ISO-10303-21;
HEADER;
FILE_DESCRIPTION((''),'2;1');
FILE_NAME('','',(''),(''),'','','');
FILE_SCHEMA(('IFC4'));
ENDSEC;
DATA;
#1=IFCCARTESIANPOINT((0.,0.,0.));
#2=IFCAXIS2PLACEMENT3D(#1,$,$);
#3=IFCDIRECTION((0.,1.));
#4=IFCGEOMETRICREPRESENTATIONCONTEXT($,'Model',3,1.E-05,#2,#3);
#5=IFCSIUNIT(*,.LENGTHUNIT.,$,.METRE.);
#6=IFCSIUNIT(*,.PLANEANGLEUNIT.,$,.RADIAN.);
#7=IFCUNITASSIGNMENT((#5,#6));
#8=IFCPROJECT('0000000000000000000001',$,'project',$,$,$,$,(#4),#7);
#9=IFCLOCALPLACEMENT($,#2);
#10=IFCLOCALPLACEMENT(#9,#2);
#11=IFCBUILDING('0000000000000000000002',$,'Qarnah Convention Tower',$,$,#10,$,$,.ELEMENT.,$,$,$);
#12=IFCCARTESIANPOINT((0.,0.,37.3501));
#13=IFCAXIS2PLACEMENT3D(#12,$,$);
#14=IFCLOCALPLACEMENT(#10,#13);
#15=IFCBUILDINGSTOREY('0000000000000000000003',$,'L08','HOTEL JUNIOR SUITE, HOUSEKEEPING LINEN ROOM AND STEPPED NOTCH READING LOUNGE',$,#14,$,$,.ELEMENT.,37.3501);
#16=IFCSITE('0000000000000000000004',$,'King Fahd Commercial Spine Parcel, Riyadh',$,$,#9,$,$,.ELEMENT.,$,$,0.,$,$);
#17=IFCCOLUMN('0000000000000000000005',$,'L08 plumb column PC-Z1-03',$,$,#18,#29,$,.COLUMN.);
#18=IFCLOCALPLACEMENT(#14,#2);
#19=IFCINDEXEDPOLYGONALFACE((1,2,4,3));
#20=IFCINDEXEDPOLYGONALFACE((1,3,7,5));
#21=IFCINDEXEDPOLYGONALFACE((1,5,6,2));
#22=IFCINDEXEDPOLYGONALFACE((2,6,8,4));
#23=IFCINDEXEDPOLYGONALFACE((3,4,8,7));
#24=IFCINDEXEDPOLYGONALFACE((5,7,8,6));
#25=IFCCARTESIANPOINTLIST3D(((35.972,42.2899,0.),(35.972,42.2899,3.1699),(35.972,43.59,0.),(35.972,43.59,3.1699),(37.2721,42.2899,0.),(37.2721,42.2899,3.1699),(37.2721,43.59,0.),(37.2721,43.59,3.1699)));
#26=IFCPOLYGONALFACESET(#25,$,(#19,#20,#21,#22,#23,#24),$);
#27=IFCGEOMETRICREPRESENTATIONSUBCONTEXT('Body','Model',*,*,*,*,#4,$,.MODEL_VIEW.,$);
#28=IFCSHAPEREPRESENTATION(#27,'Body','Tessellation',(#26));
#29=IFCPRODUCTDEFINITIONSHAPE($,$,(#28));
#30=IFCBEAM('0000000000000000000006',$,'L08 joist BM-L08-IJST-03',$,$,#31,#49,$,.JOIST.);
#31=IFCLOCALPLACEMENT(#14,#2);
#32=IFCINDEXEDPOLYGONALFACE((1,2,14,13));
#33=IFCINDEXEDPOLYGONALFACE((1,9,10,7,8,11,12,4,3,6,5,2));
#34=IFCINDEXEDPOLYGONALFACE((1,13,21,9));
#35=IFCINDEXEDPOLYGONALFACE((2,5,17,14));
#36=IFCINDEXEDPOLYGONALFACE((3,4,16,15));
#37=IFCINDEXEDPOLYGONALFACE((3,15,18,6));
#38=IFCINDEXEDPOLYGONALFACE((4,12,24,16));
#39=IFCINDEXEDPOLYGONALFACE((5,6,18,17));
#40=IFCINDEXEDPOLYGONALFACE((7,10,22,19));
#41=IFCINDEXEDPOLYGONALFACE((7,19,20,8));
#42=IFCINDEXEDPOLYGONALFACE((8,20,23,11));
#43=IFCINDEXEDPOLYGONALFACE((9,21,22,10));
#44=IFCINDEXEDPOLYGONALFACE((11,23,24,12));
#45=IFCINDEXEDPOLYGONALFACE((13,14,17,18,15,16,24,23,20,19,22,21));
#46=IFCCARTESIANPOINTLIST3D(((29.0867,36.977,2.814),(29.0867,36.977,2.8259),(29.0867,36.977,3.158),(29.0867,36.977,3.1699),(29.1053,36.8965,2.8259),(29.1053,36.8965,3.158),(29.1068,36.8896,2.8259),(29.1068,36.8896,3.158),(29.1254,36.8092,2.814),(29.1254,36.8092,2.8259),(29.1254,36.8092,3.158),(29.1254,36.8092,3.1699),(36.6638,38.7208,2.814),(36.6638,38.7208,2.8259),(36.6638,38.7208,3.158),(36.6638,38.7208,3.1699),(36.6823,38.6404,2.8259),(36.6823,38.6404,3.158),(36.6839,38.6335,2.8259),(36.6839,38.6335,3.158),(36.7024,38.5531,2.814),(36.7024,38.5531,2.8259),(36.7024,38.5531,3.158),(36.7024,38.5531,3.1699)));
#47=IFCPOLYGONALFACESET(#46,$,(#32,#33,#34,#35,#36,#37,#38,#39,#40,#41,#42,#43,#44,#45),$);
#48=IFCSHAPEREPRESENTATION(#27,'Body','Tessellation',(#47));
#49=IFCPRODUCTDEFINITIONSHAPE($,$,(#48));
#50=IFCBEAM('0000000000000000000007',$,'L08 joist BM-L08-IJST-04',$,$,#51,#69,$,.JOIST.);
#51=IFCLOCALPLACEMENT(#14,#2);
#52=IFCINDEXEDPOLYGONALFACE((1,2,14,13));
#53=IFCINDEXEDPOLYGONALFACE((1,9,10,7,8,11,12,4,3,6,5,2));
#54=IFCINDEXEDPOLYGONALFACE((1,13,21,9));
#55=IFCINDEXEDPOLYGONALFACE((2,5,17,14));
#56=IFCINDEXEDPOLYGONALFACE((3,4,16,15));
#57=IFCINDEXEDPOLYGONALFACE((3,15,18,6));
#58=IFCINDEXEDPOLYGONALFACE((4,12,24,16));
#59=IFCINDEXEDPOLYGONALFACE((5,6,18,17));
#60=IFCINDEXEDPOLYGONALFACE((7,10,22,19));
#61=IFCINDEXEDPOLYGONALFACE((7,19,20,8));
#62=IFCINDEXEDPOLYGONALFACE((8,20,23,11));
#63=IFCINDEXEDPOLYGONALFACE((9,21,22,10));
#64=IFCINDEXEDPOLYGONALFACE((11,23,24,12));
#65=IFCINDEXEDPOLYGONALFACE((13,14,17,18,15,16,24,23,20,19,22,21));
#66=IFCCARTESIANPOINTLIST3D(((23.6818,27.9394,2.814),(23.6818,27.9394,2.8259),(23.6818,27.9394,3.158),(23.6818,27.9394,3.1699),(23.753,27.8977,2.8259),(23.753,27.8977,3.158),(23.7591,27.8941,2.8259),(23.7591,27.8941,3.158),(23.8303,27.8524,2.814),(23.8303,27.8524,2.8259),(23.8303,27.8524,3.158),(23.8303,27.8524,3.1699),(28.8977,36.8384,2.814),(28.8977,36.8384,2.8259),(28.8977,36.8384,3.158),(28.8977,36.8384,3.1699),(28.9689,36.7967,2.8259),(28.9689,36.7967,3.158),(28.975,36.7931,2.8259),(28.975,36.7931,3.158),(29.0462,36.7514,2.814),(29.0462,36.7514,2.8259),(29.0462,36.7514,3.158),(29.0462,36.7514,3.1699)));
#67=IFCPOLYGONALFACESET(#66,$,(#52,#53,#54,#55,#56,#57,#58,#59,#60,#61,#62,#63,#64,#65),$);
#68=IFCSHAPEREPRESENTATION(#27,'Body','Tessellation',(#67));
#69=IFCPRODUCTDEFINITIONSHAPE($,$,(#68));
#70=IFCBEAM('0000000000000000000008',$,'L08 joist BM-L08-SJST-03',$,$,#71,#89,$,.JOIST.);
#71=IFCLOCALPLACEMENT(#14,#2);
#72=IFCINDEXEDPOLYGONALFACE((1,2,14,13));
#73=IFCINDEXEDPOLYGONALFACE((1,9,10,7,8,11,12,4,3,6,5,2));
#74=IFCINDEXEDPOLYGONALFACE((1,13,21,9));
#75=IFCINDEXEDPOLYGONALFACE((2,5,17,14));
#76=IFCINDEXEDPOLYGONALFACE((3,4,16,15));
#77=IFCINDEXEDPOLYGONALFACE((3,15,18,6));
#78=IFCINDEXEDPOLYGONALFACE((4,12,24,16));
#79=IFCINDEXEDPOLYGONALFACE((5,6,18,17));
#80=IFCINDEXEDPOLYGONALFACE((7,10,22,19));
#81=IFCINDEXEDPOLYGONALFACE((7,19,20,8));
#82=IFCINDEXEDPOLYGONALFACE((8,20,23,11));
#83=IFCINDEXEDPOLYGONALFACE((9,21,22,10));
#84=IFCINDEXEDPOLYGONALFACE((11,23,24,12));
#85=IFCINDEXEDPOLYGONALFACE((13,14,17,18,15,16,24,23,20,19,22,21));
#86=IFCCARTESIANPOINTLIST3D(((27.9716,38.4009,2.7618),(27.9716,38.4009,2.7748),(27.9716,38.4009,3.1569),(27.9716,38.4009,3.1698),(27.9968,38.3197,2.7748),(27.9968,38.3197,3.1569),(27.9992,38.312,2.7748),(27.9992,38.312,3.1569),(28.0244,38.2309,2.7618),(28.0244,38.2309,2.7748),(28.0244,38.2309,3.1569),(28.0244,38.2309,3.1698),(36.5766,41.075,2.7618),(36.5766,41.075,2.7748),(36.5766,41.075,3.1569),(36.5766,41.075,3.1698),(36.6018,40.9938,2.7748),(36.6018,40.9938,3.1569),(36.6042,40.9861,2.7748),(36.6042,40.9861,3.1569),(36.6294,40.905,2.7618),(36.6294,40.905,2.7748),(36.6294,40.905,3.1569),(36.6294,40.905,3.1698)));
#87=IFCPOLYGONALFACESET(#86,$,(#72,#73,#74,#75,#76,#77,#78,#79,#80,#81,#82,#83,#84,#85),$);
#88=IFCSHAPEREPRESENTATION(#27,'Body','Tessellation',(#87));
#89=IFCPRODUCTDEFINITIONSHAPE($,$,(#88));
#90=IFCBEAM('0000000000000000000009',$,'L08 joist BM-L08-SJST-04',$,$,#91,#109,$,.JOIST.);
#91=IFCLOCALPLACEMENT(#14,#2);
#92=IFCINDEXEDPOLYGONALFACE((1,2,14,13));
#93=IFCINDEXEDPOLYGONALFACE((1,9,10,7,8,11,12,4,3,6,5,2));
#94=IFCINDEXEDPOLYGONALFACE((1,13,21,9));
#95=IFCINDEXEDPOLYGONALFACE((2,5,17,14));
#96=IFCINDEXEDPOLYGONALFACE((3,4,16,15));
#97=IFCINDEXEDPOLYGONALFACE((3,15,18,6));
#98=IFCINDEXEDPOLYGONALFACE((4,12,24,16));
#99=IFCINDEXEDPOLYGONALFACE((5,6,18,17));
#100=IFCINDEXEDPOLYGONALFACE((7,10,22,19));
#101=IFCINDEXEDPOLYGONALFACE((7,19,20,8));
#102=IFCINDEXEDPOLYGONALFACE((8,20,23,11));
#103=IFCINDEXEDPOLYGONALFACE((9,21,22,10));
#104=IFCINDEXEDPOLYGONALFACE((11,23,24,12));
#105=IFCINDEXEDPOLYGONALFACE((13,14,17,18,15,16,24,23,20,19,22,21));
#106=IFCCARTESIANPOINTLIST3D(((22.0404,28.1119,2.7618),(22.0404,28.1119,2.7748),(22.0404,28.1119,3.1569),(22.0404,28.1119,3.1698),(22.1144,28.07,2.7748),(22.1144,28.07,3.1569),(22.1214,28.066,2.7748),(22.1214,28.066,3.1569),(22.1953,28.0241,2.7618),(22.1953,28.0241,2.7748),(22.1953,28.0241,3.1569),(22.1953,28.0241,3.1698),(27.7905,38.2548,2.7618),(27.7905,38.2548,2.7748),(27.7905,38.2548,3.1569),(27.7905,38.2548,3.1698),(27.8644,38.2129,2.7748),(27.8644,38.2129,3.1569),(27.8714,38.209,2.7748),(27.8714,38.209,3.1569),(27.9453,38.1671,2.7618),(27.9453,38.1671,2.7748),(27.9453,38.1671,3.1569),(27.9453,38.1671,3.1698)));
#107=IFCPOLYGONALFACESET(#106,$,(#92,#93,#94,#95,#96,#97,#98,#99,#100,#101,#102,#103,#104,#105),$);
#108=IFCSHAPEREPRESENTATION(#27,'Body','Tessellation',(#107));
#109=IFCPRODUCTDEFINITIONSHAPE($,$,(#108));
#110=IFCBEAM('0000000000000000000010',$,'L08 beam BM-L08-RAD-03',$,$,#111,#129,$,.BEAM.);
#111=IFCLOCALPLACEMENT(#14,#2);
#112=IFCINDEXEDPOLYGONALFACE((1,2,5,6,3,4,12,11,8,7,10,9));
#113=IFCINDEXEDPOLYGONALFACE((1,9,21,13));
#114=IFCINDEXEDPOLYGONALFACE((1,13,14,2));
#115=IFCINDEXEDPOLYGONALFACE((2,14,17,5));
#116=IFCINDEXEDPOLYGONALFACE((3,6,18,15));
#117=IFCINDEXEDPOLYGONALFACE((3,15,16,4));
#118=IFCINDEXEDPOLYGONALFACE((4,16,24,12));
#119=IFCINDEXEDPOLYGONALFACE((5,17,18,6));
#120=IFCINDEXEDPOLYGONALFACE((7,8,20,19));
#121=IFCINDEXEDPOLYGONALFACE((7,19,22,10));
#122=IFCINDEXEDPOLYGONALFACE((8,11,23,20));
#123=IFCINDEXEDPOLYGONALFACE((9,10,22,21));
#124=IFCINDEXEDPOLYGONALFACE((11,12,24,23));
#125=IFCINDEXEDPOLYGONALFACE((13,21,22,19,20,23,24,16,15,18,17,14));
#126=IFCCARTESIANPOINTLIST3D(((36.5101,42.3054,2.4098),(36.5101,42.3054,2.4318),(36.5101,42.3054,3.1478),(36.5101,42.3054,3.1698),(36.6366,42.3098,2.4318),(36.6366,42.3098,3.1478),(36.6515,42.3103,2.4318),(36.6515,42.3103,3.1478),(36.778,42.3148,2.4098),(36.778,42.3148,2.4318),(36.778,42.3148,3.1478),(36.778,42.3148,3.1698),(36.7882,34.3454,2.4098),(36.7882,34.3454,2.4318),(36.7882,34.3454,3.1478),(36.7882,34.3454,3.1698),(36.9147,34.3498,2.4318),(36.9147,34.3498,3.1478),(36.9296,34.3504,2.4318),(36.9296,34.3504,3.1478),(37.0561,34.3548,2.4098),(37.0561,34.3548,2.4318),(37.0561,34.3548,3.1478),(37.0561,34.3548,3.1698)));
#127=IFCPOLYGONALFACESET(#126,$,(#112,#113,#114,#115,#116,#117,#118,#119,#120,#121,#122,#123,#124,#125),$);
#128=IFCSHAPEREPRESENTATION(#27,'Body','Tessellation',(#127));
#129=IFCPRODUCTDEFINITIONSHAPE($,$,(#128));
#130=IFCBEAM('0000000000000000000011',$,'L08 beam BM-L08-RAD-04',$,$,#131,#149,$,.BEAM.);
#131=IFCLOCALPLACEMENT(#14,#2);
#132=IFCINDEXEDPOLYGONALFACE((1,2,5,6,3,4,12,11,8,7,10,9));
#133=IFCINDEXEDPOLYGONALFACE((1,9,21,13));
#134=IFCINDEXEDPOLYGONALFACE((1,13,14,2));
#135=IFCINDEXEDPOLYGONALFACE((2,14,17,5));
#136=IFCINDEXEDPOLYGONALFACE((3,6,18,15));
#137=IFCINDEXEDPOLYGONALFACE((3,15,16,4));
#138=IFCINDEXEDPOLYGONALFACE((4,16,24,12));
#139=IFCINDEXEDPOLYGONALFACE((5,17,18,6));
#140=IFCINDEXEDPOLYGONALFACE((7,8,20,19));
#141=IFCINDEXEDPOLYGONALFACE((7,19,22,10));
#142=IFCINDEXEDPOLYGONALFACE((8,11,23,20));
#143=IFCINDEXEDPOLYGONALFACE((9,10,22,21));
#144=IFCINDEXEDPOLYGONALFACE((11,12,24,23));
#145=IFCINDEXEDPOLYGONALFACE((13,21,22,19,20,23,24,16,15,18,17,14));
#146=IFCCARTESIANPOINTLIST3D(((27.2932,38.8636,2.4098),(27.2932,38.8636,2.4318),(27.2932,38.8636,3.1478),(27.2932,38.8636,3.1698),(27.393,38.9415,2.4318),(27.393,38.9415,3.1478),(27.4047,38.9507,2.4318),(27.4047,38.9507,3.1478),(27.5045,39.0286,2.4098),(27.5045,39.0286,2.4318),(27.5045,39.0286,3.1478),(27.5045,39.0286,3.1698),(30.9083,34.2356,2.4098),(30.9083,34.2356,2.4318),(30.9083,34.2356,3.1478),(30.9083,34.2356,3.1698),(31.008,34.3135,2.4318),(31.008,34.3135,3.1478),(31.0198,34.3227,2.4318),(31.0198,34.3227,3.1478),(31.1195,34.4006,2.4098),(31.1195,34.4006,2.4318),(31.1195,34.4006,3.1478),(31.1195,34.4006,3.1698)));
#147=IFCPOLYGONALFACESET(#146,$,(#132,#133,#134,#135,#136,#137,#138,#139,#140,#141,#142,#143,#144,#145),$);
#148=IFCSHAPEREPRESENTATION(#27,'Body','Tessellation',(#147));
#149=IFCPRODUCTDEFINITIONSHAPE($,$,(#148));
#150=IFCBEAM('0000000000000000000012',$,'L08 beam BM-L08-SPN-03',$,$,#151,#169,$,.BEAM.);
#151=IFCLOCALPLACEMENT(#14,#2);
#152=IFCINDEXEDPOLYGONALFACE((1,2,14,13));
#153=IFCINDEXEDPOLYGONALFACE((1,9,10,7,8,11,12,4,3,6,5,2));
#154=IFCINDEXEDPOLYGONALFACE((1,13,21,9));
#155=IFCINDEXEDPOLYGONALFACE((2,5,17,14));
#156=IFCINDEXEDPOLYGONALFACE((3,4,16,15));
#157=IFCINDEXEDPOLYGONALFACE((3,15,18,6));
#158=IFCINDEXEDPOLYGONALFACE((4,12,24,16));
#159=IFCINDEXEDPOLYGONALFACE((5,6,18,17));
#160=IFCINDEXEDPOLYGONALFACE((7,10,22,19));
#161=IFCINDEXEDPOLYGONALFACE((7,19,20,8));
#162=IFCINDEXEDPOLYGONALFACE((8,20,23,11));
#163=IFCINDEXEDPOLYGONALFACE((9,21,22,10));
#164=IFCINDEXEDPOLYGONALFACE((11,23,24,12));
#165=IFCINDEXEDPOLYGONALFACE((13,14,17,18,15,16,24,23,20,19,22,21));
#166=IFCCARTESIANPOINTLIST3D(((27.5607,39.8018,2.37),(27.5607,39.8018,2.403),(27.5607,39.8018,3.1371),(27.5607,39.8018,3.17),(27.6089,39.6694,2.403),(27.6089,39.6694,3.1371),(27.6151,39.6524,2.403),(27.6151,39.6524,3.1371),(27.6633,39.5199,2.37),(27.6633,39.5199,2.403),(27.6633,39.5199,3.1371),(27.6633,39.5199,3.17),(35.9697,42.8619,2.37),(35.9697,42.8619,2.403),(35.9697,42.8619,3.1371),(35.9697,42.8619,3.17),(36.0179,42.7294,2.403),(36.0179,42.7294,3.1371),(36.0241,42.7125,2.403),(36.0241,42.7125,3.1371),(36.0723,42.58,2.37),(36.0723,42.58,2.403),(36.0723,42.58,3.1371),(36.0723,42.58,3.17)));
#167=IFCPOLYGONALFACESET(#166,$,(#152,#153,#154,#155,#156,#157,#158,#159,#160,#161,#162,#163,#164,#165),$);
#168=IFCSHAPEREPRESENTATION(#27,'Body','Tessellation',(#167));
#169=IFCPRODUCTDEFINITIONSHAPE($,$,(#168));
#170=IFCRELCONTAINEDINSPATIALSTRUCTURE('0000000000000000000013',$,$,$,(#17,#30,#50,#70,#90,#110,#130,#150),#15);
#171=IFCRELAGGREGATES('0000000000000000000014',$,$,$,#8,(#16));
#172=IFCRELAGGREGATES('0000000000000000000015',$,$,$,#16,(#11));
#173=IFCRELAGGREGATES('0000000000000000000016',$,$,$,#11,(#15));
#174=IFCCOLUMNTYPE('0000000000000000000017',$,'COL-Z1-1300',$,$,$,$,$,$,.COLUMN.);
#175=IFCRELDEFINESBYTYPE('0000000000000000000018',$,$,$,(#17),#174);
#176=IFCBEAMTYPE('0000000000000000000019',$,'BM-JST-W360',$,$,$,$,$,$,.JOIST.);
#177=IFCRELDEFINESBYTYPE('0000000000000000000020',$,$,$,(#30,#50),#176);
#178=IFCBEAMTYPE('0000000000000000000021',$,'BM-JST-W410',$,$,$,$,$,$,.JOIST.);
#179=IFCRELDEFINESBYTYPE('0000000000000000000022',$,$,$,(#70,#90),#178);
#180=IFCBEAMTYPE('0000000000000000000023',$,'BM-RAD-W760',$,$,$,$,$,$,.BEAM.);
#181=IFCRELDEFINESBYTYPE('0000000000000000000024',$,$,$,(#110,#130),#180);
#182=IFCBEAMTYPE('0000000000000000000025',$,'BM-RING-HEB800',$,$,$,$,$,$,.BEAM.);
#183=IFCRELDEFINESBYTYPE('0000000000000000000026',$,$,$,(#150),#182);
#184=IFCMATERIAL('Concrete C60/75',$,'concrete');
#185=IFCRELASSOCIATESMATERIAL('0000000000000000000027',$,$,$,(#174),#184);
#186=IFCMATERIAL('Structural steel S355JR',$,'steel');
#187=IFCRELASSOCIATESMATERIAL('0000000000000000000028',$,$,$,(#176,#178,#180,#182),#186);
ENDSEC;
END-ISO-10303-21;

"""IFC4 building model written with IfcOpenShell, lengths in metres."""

from ifc_helpers import new_model, si_unit, direction, frame, origin, origin_2d, place, context, subcontext, project, spatial, rectangle, i_section, extrude, material, material_profile, profile_set, type_object, element, save


model = new_model("IFC4")

# Units and contexts
model_context = context("Model", 3, precision=1e-05, world=origin(), true_north=direction((0.0, 1.0)))
body_context = subcontext(model_context, "Body", "Model", "MODEL_VIEW")
ifc_project = project(units=[si_unit("LENGTHUNIT", "METRE"), si_unit("PLANEANGLEUNIT", "RADIAN")], contexts=[model_context])

# Site, building, storey
site_placement = place(None, origin())
site = spatial("IfcSite", under=ifc_project, at=site_placement, Name="King Fahd Commercial Spine Parcel, Riyadh", CompositionType="ELEMENT", RefElevation=0.0)
building_placement = place(site_placement, origin())
building = spatial("IfcBuilding", under=site, at=building_placement, Name="Qarnah Convention Tower", CompositionType="ELEMENT")
storey_placement = place(building_placement, frame((0.0, 0.0, 37.3501)))
storey = spatial("IfcBuildingStorey", under=building, at=storey_placement, Name="L08", Description="HOTEL JUNIOR SUITE, HOUSEKEEPING LINEN ROOM AND STEPPED NOTCH READING LOUNGE", CompositionType="ELEMENT", Elevation=37.3501)

# Column
ifc_material_1 = material(Name="Concrete C60/75", Category="concrete")
ifc_material_profile_1 = material_profile(ifc_material_1, rectangle(XDim=1.3, YDim=1.3, at=origin_2d()), Name="RC-COL-1300X1300")
ifc_profile_set_1 = profile_set([ifc_material_profile_1], Name="Concrete C60/75")
column_type = type_object("IfcColumnType", Name="COL-Z1-1300", PredefinedType="COLUMN", material=ifc_profile_set_1)
column_placement = place(storey_placement, frame((36.6221, 42.9399, 0.0), z_axis=(0.0, 0.0, 1.0), x_axis=(1.0, 0.0, 0.0)))
element("IfcColumn", 1, at=column_placement, inside=storey, type_object=column_type, Name="L08 plumb column PC-Z1-03", PredefinedType="COLUMN", context=body_context, shape_type="SweptSolid", body=[
    extrude(rectangle(XDim=1.3, YDim=1.3, at=origin_2d()), origin(), (0.0, 0.0, 1.0), 3.1699),
])

# Beams
ifc_material_2 = material(Name="Structural steel S355JR", Category="steel")
ifc_material_profile_2 = material_profile(ifc_material_2, i_section(OverallWidth=0.1721, OverallDepth=0.356, WebThickness=0.0071, FlangeThickness=0.012, at=origin_2d()), Name="W360X51")
ifc_profile_set_2 = profile_set([ifc_material_profile_2], Name="Structural steel S355JR")
beam_type_1 = type_object("IfcBeamType", Name="BM-JST-W360", PredefinedType="JOIST", material=ifc_profile_set_2)
beam_1_placement = place(storey_placement, frame((36.6831, 38.637, 2.9919), z_axis=(-0.974523, -0.224288, 0.0), x_axis=(0.224288, -0.974523, 0.0)))
element("IfcBeam", 2, at=beam_1_placement, inside=storey, type_object=beam_type_1, Name="L08 joist BM-L08-IJST-03", PredefinedType="JOIST", context=body_context, shape_type="SweptSolid", body=[
    extrude(i_section(OverallWidth=0.1721, OverallDepth=0.356, WebThickness=0.0071, FlangeThickness=0.012, at=origin_2d()), origin(), (0.0, 0.0, 1.0), 7.7751),
])
beam_2_placement = place(storey_placement, frame((28.9719, 36.7949, 2.9919), z_axis=(-0.505662, -0.862731, 0.0), x_axis=(0.862731, -0.505662, 0.0)))
element("IfcBeam", 3, at=beam_2_placement, inside=storey, type_object=beam_type_1, Name="L08 joist BM-L08-IJST-04", PredefinedType="JOIST", context=body_context, shape_type="SweptSolid", body=[
    extrude(i_section(OverallWidth=0.1721, OverallDepth=0.356, WebThickness=0.0071, FlangeThickness=0.012, at=origin_2d()), origin(), (0.0, 0.0, 1.0), 10.3149),
])
ifc_material_profile_3 = material_profile(ifc_material_2, i_section(OverallWidth=0.178, OverallDepth=0.408, WebThickness=0.0081, FlangeThickness=0.0129, at=origin_2d()), Name="W410X60")
ifc_profile_set_3 = profile_set([ifc_material_profile_3], Name="Structural steel S355JR")
beam_type_2 = type_object("IfcBeamType", Name="BM-JST-W410", PredefinedType="JOIST", material=ifc_profile_set_3)
beam_3_placement = place(storey_placement, frame((36.603, 40.99, 2.9658), z_axis=(-0.954952, -0.29676, 0.0), x_axis=(0.29676, -0.954952, 0.0)))
element("IfcBeam", 4, at=beam_3_placement, inside=storey, type_object=beam_type_2, Name="L08 joist BM-L08-SJST-03", PredefinedType="JOIST", context=body_context, shape_type="SweptSolid", body=[
    extrude(i_section(OverallWidth=0.178, OverallDepth=0.408, WebThickness=0.0081, FlangeThickness=0.0129, at=origin_2d()), origin(), (0.0, 0.0, 1.0), 9.011),
])
beam_4_placement = place(storey_placement, frame((27.8679, 38.2109, 2.9658), z_axis=(-0.493168, -0.869934, 0.0), x_axis=(0.869934, -0.493168, 0.0)))
element("IfcBeam", 5, at=beam_4_placement, inside=storey, type_object=beam_type_2, Name="L08 joist BM-L08-SJST-04", PredefinedType="JOIST", context=body_context, shape_type="SweptSolid", body=[
    extrude(i_section(OverallWidth=0.178, OverallDepth=0.408, WebThickness=0.0081, FlangeThickness=0.0129, at=origin_2d()), origin(), (0.0, 0.0, 1.0), 11.6594),
])
ifc_material_profile_4 = material_profile(ifc_material_2, i_section(OverallWidth=0.2681, OverallDepth=0.76, WebThickness=0.0149, FlangeThickness=0.022, at=origin_2d()), Name="W760X185")
ifc_profile_set_4 = profile_set([ifc_material_profile_4], Name="Structural steel S355JR")
beam_type_3 = type_object("IfcBeamType", Name="BM-RAD-W760", PredefinedType="BEAM", material=ifc_profile_set_4)
beam_5_placement = place(storey_placement, frame((36.9221, 34.3501, 2.7898), z_axis=(-0.034913, 0.99939, 0.0), x_axis=(-0.99939, -0.034913, 0.0)))
element("IfcBeam", 6, at=beam_5_placement, inside=storey, type_object=beam_type_3, Name="L08 beam BM-L08-RAD-03", PredefinedType="BEAM", context=body_context, shape_type="SweptSolid", body=[
    extrude(i_section(OverallWidth=0.2681, OverallDepth=0.76, WebThickness=0.0149, FlangeThickness=0.022, at=origin_2d()), origin(), (0.0, 0.0, 1.0), 7.9648),
])
beam_6_placement = place(storey_placement, frame((31.0139, 34.3181, 2.7898), z_axis=(-0.615583, 0.788072, 0.0), x_axis=(-0.788072, -0.615583, 0.0)))
element("IfcBeam", 7, at=beam_6_placement, inside=storey, type_object=beam_type_3, Name="L08 beam BM-L08-RAD-04", PredefinedType="BEAM", context=body_context, shape_type="SweptSolid", body=[
    extrude(i_section(OverallWidth=0.2681, OverallDepth=0.76, WebThickness=0.0149, FlangeThickness=0.022, at=origin_2d()), origin(), (0.0, 0.0, 1.0), 5.8726),
])
ifc_material_profile_5 = material_profile(ifc_material_2, i_section(OverallWidth=0.3, OverallDepth=0.8, WebThickness=0.0181, FlangeThickness=0.033, at=origin_2d()), Name="HEB800")
ifc_profile_set_5 = profile_set([ifc_material_profile_5], Name="Structural steel S355JR")
beam_type_4 = type_object("IfcBeamType", Name="BM-RING-HEB800", PredefinedType="BEAM", material=ifc_profile_set_5)
beam_7_placement = place(storey_placement, frame((36.021, 42.7209, 2.77), z_axis=(-0.939712, -0.341966, 0.0), x_axis=(0.341966, -0.939712, 0.0)))
element("IfcBeam", 8, at=beam_7_placement, inside=storey, type_object=beam_type_4, Name="L08 beam BM-L08-SPN-03", PredefinedType="BEAM", context=body_context, shape_type="SweptSolid", body=[
    extrude(i_section(OverallWidth=0.3, OverallDepth=0.8, WebThickness=0.0181, FlangeThickness=0.033, at=origin_2d()), origin(), (0.0, 0.0, 1.0), 8.9485),
])

save(model, "model.ifc")
